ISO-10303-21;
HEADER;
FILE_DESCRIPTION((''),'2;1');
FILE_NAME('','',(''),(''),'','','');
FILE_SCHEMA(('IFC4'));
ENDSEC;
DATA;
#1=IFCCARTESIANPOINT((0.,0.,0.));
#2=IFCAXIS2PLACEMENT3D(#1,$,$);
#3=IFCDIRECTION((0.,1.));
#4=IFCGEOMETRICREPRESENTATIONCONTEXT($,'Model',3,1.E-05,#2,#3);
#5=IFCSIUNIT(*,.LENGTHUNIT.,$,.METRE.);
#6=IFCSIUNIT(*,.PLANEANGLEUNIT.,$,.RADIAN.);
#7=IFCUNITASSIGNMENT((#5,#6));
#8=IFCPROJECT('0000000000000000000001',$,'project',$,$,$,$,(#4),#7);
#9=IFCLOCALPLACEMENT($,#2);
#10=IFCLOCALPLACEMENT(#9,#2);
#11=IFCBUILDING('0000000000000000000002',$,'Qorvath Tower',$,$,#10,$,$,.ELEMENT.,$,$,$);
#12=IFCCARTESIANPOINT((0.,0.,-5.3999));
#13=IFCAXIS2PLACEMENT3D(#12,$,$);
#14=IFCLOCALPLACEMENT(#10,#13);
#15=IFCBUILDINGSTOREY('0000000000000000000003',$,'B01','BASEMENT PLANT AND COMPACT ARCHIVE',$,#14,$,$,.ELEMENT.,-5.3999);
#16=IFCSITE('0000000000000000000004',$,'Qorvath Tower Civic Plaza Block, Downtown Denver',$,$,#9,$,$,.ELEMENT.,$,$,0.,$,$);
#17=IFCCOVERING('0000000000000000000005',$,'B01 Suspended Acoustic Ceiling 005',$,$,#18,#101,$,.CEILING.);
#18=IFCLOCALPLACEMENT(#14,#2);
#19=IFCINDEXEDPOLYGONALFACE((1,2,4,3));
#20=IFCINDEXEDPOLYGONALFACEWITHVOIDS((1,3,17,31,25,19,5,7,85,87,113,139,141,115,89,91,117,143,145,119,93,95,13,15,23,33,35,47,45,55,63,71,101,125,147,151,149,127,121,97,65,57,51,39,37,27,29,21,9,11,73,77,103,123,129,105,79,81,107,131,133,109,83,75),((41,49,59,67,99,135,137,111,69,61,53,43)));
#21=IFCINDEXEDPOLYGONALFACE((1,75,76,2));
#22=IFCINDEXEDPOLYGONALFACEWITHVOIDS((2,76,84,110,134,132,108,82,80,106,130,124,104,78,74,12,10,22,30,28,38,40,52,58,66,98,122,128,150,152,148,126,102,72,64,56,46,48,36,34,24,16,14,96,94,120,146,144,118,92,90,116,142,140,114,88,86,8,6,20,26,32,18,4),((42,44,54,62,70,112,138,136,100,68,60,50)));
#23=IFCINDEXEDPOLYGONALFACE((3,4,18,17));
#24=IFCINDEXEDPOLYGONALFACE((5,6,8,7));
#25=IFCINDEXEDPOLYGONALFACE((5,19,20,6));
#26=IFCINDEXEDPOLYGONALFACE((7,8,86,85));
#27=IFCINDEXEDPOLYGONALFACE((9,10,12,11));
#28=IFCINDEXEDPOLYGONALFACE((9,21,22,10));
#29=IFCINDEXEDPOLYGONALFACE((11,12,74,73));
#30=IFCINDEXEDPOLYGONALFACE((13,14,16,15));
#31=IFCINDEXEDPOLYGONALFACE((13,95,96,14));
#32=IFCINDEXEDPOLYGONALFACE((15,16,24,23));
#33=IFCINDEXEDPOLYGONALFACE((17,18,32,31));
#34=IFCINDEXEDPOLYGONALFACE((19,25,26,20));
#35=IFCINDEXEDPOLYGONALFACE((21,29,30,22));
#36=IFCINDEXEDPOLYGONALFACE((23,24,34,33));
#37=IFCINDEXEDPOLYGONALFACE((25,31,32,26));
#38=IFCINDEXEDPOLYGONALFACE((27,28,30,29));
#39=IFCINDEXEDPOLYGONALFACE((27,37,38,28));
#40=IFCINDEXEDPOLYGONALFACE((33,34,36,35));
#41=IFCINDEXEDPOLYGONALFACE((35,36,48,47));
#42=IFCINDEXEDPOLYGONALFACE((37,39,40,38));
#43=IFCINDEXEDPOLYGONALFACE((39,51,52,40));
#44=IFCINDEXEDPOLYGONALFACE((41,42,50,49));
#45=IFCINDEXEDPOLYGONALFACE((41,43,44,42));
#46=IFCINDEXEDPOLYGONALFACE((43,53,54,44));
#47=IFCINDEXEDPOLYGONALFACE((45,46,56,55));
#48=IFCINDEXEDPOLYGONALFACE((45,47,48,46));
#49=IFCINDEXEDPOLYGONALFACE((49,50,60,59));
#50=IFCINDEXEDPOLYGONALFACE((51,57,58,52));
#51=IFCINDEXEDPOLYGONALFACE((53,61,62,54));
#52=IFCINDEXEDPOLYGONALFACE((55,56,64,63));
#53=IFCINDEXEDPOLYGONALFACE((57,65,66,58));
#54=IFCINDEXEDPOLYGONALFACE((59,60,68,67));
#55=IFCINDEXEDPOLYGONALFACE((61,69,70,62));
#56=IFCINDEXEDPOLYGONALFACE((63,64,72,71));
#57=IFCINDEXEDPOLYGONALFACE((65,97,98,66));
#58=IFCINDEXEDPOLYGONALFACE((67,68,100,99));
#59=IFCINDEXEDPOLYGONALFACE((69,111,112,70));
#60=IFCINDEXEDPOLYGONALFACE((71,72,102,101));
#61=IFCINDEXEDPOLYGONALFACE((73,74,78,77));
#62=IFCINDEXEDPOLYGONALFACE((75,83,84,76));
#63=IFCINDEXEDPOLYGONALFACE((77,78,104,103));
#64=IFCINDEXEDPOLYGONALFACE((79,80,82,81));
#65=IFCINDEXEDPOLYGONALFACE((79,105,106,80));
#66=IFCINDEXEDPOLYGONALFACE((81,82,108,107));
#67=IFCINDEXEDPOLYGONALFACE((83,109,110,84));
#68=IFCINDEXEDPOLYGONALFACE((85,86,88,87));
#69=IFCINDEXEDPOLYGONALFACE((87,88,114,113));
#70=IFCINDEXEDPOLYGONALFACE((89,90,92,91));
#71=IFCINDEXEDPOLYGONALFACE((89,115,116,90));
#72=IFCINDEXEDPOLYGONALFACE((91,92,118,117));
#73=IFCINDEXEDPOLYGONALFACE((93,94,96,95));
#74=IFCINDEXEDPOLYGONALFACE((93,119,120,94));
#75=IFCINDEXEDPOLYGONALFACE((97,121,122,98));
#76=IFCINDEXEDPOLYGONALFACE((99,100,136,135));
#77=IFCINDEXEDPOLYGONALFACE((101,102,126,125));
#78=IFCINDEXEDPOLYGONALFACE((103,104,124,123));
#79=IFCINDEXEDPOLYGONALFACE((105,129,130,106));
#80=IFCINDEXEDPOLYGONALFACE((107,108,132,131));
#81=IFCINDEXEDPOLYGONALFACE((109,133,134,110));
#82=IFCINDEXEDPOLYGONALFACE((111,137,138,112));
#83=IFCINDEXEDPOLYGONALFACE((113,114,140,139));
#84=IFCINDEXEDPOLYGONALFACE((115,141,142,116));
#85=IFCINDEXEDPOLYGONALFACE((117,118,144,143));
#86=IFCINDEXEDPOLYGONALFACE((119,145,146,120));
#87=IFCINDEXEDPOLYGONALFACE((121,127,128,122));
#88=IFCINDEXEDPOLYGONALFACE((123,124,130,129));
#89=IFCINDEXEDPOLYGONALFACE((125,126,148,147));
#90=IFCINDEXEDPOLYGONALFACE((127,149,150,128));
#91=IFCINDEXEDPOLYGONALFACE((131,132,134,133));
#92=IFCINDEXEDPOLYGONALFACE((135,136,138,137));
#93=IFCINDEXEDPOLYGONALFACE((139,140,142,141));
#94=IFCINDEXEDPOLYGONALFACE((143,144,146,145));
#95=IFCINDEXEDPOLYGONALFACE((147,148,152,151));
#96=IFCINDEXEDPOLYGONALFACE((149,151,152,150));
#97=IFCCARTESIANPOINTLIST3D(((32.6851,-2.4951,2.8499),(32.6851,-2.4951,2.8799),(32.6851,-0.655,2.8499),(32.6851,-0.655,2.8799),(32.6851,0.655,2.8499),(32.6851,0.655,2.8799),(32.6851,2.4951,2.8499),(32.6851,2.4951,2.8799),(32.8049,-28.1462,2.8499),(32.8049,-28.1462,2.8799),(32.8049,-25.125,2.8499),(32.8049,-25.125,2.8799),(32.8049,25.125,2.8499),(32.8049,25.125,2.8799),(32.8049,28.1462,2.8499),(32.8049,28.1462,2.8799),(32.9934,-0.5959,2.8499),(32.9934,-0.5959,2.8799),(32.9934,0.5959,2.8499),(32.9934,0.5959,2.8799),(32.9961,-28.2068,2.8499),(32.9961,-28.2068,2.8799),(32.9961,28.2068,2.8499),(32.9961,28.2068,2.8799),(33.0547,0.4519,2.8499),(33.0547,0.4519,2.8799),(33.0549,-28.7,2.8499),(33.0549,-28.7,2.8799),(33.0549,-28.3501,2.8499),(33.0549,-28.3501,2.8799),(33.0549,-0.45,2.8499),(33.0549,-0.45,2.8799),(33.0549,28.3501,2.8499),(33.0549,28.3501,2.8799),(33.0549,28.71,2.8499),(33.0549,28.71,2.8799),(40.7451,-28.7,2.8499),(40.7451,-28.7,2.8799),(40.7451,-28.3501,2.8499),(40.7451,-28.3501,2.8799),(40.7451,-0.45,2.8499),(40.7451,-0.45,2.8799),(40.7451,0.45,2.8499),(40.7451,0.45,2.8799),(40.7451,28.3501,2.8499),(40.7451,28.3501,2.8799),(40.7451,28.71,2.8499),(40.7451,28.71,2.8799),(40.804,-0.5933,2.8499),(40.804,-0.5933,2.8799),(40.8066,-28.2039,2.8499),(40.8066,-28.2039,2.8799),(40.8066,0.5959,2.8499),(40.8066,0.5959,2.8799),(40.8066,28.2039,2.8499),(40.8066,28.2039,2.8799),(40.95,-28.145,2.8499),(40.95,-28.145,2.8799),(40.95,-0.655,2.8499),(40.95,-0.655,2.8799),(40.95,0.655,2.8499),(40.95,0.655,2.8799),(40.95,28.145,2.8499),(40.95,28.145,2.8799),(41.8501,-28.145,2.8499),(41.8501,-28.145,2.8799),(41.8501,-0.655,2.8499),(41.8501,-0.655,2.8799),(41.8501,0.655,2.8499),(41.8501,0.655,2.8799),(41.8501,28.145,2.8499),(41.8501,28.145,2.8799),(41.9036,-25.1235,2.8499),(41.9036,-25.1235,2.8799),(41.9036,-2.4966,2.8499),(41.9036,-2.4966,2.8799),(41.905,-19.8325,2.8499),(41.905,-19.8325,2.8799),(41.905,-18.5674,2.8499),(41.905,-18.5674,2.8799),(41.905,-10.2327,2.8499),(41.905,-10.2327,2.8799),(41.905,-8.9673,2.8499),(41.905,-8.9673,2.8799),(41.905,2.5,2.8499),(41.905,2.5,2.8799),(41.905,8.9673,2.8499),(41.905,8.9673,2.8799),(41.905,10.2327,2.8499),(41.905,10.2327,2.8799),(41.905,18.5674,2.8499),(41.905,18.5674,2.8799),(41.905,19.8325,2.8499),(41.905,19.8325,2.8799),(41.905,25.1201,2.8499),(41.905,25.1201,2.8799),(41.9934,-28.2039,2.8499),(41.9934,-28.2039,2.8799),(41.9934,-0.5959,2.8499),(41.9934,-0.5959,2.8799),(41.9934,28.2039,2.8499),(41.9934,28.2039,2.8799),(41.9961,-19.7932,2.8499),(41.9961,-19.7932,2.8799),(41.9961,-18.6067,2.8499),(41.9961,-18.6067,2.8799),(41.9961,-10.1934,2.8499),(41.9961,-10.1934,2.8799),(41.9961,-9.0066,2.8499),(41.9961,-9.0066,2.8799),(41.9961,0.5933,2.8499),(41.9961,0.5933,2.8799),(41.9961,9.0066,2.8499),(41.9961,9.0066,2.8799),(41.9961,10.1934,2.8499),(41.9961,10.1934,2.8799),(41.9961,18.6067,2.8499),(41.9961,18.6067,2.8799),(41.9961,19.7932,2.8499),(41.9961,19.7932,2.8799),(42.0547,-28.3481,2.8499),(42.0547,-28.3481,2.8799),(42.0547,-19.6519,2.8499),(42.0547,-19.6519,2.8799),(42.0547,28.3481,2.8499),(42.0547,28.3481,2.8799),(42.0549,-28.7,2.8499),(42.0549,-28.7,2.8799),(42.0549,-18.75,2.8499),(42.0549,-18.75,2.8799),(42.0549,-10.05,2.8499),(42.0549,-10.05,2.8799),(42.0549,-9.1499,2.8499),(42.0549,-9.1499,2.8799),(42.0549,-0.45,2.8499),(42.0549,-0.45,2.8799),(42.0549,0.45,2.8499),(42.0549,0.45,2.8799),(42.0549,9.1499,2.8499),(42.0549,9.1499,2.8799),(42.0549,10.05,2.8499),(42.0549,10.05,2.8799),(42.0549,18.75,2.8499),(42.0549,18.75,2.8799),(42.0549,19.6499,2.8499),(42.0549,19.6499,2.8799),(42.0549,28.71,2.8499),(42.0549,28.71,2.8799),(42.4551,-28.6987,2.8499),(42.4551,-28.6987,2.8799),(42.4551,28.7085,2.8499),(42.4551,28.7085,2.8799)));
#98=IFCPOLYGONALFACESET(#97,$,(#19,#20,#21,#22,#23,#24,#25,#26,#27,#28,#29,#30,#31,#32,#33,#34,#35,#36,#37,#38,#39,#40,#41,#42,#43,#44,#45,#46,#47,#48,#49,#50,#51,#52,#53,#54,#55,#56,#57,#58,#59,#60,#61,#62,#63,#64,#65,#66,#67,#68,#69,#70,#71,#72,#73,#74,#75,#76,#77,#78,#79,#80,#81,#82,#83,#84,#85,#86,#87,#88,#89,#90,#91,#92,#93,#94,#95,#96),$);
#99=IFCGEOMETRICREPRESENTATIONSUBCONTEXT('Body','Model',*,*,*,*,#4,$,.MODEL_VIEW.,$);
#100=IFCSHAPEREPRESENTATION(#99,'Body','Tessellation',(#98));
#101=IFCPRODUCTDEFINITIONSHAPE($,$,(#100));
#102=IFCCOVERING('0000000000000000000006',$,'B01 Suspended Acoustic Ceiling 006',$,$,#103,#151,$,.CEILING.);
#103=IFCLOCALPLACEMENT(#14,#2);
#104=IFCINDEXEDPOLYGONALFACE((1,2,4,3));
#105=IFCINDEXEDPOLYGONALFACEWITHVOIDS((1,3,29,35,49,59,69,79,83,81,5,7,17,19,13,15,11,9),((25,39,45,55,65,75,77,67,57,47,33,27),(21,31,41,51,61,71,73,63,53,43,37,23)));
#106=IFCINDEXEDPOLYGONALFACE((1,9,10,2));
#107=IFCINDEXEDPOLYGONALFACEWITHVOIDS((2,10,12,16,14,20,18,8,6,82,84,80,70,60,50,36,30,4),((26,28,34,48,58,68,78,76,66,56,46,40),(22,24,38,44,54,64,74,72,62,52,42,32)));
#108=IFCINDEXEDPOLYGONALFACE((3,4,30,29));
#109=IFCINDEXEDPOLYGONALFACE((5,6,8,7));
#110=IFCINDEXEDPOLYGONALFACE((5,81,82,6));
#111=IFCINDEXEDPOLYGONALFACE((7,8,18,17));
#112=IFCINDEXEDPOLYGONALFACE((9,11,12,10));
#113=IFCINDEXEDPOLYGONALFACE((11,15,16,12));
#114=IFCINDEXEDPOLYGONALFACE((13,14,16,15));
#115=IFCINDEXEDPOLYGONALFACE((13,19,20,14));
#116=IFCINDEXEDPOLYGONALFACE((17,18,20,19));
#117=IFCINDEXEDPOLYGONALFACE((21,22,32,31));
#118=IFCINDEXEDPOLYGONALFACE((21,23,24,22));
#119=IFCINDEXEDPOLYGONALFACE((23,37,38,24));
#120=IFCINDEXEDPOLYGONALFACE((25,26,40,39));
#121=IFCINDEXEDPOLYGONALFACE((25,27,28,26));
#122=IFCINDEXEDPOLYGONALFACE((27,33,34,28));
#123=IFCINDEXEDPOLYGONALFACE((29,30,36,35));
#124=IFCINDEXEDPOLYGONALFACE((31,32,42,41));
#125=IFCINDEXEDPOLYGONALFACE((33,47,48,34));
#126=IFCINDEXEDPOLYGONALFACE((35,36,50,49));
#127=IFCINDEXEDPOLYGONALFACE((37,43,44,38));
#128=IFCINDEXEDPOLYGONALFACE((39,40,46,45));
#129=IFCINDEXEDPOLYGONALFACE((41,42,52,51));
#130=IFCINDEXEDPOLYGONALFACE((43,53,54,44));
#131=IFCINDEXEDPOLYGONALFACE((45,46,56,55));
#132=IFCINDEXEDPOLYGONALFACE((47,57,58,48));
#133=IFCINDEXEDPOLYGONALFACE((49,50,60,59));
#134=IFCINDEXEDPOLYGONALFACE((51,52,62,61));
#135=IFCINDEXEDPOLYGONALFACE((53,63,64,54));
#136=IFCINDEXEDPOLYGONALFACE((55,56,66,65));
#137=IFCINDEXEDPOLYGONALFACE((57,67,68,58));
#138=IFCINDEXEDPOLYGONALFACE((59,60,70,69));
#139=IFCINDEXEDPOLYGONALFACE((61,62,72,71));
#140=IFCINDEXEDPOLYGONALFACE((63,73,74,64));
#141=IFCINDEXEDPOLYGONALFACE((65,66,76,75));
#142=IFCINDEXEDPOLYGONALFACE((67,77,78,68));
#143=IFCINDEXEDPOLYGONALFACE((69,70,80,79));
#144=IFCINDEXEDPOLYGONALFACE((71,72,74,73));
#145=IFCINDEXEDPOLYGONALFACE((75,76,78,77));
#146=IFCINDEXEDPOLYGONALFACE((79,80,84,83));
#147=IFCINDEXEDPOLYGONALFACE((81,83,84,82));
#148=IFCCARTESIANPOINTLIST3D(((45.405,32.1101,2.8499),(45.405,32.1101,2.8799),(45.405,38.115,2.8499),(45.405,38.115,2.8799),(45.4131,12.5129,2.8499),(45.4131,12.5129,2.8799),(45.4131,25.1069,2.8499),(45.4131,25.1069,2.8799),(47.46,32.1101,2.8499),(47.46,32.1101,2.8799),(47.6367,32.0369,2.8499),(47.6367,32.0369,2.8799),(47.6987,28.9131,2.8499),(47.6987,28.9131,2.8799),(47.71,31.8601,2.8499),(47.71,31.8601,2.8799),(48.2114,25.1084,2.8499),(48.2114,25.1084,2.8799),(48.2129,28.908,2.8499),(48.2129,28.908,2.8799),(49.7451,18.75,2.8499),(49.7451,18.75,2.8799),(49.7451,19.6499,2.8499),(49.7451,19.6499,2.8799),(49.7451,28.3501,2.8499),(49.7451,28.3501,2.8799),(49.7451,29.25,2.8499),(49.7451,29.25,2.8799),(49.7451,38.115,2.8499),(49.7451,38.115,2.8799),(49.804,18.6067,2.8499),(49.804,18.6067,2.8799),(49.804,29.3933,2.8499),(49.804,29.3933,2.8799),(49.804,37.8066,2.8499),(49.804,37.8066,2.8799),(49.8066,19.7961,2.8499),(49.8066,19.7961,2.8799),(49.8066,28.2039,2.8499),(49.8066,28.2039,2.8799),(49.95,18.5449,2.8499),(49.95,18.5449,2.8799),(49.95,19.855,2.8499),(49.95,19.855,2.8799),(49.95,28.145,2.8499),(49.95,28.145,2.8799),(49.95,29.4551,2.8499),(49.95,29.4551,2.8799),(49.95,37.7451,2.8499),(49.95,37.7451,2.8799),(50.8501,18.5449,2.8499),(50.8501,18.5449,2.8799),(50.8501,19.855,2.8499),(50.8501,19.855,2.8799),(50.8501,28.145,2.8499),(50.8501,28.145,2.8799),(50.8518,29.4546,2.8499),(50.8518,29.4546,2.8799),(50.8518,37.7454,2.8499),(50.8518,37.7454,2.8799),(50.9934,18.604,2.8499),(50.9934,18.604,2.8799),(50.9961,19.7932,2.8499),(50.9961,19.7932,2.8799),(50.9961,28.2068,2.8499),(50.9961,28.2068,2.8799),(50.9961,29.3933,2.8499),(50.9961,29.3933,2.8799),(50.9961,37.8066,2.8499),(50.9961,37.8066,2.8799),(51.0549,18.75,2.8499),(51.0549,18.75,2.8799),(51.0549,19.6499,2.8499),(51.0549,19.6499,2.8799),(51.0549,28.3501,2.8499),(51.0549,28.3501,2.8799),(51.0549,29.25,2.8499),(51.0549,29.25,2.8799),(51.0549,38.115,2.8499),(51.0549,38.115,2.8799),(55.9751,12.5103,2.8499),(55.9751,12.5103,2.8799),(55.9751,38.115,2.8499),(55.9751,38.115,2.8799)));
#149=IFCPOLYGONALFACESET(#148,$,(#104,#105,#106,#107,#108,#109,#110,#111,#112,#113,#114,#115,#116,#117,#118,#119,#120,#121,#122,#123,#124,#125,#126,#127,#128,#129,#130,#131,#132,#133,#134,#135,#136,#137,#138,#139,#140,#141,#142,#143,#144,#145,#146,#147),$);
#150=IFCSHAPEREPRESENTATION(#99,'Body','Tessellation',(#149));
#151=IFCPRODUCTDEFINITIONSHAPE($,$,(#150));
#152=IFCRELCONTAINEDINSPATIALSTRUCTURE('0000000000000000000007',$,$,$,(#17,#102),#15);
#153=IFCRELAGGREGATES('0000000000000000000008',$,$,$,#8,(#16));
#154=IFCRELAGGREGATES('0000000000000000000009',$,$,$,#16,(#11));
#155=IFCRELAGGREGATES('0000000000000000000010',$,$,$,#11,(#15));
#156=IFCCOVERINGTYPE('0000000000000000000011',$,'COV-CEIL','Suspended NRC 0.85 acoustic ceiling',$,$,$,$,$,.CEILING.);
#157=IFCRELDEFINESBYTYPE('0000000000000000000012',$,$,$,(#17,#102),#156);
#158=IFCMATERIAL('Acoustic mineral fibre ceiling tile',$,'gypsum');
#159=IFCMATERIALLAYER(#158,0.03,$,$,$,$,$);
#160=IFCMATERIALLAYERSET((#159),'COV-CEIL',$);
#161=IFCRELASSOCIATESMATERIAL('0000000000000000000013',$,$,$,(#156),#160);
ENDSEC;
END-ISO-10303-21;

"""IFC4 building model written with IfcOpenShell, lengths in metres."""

from ifc_helpers import new_model, si_unit, direction, frame, origin, place, context, subcontext, project, spatial, polyline, outline, extrude, material, layer, layer_set, type_object, element, save


model = new_model("IFC4")

# Units and contexts
model_context = context("Model", 3, precision=1e-05, world=origin(), true_north=direction((0.0, 1.0)))
body_context = subcontext(model_context, "Body", "Model", "MODEL_VIEW")
ifc_project = project(units=[si_unit("LENGTHUNIT", "METRE"), si_unit("PLANEANGLEUNIT", "RADIAN")], contexts=[model_context])

# Site, building, storey
site_placement = place(None, origin())
site = spatial("IfcSite", under=ifc_project, at=site_placement, Name="Qorvath Tower Civic Plaza Block, Downtown Denver", CompositionType="ELEMENT", RefElevation=0.0)
building_placement = place(site_placement, origin())
building = spatial("IfcBuilding", under=site, at=building_placement, Name="Qorvath Tower", CompositionType="ELEMENT")
storey_placement = place(building_placement, frame((0.0, 0.0, -5.3999)))
storey = spatial("IfcBuildingStorey", under=building, at=storey_placement, Name="B01", Description="BASEMENT PLANT AND COMPACT ARCHIVE", CompositionType="ELEMENT", Elevation=-5.3999)

# Coverings
ifc_material_1 = material(Name="Acoustic mineral fibre ceiling tile", Category="gypsum")
ifc_layer_1 = layer(ifc_material_1, 0.03)
ifc_layer_set_1 = layer_set([ifc_layer_1], Name="COV-CEIL")
covering_type_1 = type_object("IfcCoveringType", Name="COV-CEIL", Description="Suspended NRC 0.85 acoustic ceiling", PredefinedType="CEILING", material=ifc_layer_set_1)
covering_1_placement = place(storey_placement, frame((0.0, 0.0, 2.8499)))
element("IfcCovering", 1, at=covering_1_placement, inside=storey, type_object=covering_type_1, Name="B01 Suspended Acoustic Ceiling 005", PredefinedType="CEILING", context=body_context, shape_type="SweptSolid", body=[
    extrude(outline(polyline([(42.0547, -19.6519), (41.9961, -19.7932), (41.905, -19.8325), (41.9036, -25.1235), (32.8049, -25.125), (32.8049, -28.1462), (32.9961, -28.2068), (33.0549, -28.3501), (33.0549, -28.7), (40.7451, -28.7), (40.7451, -28.3501), (40.8066, -28.2039), (40.95, -28.145), (41.8501, -28.145), (41.9934, -28.2039), (42.0547, -28.3481), (42.0549, -28.7), (42.4551, -28.6987), (42.4551, 28.7085), (42.0549, 28.71), (42.0547, 28.3481), (41.9934, 28.2039), (41.8501, 28.145), (40.95, 28.145), (40.8066, 28.2039), (40.7451, 28.3501), (40.7451, 28.71), (33.0549, 28.71), (33.0549, 28.3501), (32.9961, 28.2068), (32.8049, 28.1462), (32.8049, 25.125), (41.905, 25.1201), (41.905, 19.8325), (41.9961, 19.7932), (42.0549, 19.6499), (42.0549, 18.75), (41.9961, 18.6067), (41.905, 18.5674), (41.905, 10.2327), (41.9961, 10.1934), (42.0549, 10.05), (42.0549, 9.1499), (41.9961, 9.0066), (41.905, 8.9673), (41.905, 2.5), (32.6851, 2.4951), (32.6851, 0.655), (32.9934, 0.5959), (33.0547, 0.4519), (33.0549, -0.45), (32.9934, -0.5959), (32.6851, -0.655), (32.6851, -2.4951), (41.9036, -2.4966), (41.905, -8.9673), (41.9961, -9.0066), (42.0549, -9.1499), (42.0549, -10.05), (41.9961, -10.1934), (41.905, -10.2327), (41.905, -18.5674), (41.9961, -18.6067), (42.0549, -18.75), (42.0547, -19.6519)]), holes=[polyline([(40.804, -0.5933), (40.7451, -0.45), (40.7451, 0.45), (40.8066, 0.5959), (40.95, 0.655), (41.8501, 0.655), (41.9961, 0.5933), (42.0549, 0.45), (42.0549, -0.45), (41.9934, -0.5959), (41.8501, -0.655), (40.95, -0.655), (40.804, -0.5933)])]), origin(), (0.0, 0.0, 1.0), 0.03),
])
covering_2_placement = place(storey_placement, frame((0.0, 0.0, 2.8499)))
element("IfcCovering", 2, at=covering_2_placement, inside=storey, type_object=covering_type_1, Name="B01 Suspended Acoustic Ceiling 006", PredefinedType="CEILING", context=body_context, shape_type="SweptSolid", body=[
    extrude(outline(polyline([(45.405, 38.115), (45.405, 32.1101), (47.46, 32.1101), (47.6367, 32.0369), (47.71, 31.8601), (47.6987, 28.9131), (48.2129, 28.908), (48.2114, 25.1084), (45.4131, 25.1069), (45.4131, 12.5129), (55.9751, 12.5103), (55.9751, 38.115), (51.0549, 38.115), (50.9961, 37.8066), (50.8518, 37.7454), (49.95, 37.7451), (49.804, 37.8066), (49.7451, 38.115), (45.405, 38.115)]), holes=[polyline([(50.8518, 29.4546), (50.9961, 29.3933), (51.0549, 29.25), (51.0549, 28.3501), (50.9961, 28.2068), (50.8501, 28.145), (49.95, 28.145), (49.8066, 28.2039), (49.7451, 28.3501), (49.7451, 29.25), (49.804, 29.3933), (49.95, 29.4551), (50.8518, 29.4546)]), polyline([(50.9961, 19.7932), (51.0549, 19.6499), (51.0549, 18.75), (50.9934, 18.604), (50.8501, 18.5449), (49.95, 18.5449), (49.804, 18.6067), (49.7451, 18.75), (49.7451, 19.6499), (49.8066, 19.7961), (49.95, 19.855), (50.8501, 19.855), (50.9961, 19.7932)])]), origin(), (0.0, 0.0, 1.0), 0.03),
])

save(model, "model.ifc")
